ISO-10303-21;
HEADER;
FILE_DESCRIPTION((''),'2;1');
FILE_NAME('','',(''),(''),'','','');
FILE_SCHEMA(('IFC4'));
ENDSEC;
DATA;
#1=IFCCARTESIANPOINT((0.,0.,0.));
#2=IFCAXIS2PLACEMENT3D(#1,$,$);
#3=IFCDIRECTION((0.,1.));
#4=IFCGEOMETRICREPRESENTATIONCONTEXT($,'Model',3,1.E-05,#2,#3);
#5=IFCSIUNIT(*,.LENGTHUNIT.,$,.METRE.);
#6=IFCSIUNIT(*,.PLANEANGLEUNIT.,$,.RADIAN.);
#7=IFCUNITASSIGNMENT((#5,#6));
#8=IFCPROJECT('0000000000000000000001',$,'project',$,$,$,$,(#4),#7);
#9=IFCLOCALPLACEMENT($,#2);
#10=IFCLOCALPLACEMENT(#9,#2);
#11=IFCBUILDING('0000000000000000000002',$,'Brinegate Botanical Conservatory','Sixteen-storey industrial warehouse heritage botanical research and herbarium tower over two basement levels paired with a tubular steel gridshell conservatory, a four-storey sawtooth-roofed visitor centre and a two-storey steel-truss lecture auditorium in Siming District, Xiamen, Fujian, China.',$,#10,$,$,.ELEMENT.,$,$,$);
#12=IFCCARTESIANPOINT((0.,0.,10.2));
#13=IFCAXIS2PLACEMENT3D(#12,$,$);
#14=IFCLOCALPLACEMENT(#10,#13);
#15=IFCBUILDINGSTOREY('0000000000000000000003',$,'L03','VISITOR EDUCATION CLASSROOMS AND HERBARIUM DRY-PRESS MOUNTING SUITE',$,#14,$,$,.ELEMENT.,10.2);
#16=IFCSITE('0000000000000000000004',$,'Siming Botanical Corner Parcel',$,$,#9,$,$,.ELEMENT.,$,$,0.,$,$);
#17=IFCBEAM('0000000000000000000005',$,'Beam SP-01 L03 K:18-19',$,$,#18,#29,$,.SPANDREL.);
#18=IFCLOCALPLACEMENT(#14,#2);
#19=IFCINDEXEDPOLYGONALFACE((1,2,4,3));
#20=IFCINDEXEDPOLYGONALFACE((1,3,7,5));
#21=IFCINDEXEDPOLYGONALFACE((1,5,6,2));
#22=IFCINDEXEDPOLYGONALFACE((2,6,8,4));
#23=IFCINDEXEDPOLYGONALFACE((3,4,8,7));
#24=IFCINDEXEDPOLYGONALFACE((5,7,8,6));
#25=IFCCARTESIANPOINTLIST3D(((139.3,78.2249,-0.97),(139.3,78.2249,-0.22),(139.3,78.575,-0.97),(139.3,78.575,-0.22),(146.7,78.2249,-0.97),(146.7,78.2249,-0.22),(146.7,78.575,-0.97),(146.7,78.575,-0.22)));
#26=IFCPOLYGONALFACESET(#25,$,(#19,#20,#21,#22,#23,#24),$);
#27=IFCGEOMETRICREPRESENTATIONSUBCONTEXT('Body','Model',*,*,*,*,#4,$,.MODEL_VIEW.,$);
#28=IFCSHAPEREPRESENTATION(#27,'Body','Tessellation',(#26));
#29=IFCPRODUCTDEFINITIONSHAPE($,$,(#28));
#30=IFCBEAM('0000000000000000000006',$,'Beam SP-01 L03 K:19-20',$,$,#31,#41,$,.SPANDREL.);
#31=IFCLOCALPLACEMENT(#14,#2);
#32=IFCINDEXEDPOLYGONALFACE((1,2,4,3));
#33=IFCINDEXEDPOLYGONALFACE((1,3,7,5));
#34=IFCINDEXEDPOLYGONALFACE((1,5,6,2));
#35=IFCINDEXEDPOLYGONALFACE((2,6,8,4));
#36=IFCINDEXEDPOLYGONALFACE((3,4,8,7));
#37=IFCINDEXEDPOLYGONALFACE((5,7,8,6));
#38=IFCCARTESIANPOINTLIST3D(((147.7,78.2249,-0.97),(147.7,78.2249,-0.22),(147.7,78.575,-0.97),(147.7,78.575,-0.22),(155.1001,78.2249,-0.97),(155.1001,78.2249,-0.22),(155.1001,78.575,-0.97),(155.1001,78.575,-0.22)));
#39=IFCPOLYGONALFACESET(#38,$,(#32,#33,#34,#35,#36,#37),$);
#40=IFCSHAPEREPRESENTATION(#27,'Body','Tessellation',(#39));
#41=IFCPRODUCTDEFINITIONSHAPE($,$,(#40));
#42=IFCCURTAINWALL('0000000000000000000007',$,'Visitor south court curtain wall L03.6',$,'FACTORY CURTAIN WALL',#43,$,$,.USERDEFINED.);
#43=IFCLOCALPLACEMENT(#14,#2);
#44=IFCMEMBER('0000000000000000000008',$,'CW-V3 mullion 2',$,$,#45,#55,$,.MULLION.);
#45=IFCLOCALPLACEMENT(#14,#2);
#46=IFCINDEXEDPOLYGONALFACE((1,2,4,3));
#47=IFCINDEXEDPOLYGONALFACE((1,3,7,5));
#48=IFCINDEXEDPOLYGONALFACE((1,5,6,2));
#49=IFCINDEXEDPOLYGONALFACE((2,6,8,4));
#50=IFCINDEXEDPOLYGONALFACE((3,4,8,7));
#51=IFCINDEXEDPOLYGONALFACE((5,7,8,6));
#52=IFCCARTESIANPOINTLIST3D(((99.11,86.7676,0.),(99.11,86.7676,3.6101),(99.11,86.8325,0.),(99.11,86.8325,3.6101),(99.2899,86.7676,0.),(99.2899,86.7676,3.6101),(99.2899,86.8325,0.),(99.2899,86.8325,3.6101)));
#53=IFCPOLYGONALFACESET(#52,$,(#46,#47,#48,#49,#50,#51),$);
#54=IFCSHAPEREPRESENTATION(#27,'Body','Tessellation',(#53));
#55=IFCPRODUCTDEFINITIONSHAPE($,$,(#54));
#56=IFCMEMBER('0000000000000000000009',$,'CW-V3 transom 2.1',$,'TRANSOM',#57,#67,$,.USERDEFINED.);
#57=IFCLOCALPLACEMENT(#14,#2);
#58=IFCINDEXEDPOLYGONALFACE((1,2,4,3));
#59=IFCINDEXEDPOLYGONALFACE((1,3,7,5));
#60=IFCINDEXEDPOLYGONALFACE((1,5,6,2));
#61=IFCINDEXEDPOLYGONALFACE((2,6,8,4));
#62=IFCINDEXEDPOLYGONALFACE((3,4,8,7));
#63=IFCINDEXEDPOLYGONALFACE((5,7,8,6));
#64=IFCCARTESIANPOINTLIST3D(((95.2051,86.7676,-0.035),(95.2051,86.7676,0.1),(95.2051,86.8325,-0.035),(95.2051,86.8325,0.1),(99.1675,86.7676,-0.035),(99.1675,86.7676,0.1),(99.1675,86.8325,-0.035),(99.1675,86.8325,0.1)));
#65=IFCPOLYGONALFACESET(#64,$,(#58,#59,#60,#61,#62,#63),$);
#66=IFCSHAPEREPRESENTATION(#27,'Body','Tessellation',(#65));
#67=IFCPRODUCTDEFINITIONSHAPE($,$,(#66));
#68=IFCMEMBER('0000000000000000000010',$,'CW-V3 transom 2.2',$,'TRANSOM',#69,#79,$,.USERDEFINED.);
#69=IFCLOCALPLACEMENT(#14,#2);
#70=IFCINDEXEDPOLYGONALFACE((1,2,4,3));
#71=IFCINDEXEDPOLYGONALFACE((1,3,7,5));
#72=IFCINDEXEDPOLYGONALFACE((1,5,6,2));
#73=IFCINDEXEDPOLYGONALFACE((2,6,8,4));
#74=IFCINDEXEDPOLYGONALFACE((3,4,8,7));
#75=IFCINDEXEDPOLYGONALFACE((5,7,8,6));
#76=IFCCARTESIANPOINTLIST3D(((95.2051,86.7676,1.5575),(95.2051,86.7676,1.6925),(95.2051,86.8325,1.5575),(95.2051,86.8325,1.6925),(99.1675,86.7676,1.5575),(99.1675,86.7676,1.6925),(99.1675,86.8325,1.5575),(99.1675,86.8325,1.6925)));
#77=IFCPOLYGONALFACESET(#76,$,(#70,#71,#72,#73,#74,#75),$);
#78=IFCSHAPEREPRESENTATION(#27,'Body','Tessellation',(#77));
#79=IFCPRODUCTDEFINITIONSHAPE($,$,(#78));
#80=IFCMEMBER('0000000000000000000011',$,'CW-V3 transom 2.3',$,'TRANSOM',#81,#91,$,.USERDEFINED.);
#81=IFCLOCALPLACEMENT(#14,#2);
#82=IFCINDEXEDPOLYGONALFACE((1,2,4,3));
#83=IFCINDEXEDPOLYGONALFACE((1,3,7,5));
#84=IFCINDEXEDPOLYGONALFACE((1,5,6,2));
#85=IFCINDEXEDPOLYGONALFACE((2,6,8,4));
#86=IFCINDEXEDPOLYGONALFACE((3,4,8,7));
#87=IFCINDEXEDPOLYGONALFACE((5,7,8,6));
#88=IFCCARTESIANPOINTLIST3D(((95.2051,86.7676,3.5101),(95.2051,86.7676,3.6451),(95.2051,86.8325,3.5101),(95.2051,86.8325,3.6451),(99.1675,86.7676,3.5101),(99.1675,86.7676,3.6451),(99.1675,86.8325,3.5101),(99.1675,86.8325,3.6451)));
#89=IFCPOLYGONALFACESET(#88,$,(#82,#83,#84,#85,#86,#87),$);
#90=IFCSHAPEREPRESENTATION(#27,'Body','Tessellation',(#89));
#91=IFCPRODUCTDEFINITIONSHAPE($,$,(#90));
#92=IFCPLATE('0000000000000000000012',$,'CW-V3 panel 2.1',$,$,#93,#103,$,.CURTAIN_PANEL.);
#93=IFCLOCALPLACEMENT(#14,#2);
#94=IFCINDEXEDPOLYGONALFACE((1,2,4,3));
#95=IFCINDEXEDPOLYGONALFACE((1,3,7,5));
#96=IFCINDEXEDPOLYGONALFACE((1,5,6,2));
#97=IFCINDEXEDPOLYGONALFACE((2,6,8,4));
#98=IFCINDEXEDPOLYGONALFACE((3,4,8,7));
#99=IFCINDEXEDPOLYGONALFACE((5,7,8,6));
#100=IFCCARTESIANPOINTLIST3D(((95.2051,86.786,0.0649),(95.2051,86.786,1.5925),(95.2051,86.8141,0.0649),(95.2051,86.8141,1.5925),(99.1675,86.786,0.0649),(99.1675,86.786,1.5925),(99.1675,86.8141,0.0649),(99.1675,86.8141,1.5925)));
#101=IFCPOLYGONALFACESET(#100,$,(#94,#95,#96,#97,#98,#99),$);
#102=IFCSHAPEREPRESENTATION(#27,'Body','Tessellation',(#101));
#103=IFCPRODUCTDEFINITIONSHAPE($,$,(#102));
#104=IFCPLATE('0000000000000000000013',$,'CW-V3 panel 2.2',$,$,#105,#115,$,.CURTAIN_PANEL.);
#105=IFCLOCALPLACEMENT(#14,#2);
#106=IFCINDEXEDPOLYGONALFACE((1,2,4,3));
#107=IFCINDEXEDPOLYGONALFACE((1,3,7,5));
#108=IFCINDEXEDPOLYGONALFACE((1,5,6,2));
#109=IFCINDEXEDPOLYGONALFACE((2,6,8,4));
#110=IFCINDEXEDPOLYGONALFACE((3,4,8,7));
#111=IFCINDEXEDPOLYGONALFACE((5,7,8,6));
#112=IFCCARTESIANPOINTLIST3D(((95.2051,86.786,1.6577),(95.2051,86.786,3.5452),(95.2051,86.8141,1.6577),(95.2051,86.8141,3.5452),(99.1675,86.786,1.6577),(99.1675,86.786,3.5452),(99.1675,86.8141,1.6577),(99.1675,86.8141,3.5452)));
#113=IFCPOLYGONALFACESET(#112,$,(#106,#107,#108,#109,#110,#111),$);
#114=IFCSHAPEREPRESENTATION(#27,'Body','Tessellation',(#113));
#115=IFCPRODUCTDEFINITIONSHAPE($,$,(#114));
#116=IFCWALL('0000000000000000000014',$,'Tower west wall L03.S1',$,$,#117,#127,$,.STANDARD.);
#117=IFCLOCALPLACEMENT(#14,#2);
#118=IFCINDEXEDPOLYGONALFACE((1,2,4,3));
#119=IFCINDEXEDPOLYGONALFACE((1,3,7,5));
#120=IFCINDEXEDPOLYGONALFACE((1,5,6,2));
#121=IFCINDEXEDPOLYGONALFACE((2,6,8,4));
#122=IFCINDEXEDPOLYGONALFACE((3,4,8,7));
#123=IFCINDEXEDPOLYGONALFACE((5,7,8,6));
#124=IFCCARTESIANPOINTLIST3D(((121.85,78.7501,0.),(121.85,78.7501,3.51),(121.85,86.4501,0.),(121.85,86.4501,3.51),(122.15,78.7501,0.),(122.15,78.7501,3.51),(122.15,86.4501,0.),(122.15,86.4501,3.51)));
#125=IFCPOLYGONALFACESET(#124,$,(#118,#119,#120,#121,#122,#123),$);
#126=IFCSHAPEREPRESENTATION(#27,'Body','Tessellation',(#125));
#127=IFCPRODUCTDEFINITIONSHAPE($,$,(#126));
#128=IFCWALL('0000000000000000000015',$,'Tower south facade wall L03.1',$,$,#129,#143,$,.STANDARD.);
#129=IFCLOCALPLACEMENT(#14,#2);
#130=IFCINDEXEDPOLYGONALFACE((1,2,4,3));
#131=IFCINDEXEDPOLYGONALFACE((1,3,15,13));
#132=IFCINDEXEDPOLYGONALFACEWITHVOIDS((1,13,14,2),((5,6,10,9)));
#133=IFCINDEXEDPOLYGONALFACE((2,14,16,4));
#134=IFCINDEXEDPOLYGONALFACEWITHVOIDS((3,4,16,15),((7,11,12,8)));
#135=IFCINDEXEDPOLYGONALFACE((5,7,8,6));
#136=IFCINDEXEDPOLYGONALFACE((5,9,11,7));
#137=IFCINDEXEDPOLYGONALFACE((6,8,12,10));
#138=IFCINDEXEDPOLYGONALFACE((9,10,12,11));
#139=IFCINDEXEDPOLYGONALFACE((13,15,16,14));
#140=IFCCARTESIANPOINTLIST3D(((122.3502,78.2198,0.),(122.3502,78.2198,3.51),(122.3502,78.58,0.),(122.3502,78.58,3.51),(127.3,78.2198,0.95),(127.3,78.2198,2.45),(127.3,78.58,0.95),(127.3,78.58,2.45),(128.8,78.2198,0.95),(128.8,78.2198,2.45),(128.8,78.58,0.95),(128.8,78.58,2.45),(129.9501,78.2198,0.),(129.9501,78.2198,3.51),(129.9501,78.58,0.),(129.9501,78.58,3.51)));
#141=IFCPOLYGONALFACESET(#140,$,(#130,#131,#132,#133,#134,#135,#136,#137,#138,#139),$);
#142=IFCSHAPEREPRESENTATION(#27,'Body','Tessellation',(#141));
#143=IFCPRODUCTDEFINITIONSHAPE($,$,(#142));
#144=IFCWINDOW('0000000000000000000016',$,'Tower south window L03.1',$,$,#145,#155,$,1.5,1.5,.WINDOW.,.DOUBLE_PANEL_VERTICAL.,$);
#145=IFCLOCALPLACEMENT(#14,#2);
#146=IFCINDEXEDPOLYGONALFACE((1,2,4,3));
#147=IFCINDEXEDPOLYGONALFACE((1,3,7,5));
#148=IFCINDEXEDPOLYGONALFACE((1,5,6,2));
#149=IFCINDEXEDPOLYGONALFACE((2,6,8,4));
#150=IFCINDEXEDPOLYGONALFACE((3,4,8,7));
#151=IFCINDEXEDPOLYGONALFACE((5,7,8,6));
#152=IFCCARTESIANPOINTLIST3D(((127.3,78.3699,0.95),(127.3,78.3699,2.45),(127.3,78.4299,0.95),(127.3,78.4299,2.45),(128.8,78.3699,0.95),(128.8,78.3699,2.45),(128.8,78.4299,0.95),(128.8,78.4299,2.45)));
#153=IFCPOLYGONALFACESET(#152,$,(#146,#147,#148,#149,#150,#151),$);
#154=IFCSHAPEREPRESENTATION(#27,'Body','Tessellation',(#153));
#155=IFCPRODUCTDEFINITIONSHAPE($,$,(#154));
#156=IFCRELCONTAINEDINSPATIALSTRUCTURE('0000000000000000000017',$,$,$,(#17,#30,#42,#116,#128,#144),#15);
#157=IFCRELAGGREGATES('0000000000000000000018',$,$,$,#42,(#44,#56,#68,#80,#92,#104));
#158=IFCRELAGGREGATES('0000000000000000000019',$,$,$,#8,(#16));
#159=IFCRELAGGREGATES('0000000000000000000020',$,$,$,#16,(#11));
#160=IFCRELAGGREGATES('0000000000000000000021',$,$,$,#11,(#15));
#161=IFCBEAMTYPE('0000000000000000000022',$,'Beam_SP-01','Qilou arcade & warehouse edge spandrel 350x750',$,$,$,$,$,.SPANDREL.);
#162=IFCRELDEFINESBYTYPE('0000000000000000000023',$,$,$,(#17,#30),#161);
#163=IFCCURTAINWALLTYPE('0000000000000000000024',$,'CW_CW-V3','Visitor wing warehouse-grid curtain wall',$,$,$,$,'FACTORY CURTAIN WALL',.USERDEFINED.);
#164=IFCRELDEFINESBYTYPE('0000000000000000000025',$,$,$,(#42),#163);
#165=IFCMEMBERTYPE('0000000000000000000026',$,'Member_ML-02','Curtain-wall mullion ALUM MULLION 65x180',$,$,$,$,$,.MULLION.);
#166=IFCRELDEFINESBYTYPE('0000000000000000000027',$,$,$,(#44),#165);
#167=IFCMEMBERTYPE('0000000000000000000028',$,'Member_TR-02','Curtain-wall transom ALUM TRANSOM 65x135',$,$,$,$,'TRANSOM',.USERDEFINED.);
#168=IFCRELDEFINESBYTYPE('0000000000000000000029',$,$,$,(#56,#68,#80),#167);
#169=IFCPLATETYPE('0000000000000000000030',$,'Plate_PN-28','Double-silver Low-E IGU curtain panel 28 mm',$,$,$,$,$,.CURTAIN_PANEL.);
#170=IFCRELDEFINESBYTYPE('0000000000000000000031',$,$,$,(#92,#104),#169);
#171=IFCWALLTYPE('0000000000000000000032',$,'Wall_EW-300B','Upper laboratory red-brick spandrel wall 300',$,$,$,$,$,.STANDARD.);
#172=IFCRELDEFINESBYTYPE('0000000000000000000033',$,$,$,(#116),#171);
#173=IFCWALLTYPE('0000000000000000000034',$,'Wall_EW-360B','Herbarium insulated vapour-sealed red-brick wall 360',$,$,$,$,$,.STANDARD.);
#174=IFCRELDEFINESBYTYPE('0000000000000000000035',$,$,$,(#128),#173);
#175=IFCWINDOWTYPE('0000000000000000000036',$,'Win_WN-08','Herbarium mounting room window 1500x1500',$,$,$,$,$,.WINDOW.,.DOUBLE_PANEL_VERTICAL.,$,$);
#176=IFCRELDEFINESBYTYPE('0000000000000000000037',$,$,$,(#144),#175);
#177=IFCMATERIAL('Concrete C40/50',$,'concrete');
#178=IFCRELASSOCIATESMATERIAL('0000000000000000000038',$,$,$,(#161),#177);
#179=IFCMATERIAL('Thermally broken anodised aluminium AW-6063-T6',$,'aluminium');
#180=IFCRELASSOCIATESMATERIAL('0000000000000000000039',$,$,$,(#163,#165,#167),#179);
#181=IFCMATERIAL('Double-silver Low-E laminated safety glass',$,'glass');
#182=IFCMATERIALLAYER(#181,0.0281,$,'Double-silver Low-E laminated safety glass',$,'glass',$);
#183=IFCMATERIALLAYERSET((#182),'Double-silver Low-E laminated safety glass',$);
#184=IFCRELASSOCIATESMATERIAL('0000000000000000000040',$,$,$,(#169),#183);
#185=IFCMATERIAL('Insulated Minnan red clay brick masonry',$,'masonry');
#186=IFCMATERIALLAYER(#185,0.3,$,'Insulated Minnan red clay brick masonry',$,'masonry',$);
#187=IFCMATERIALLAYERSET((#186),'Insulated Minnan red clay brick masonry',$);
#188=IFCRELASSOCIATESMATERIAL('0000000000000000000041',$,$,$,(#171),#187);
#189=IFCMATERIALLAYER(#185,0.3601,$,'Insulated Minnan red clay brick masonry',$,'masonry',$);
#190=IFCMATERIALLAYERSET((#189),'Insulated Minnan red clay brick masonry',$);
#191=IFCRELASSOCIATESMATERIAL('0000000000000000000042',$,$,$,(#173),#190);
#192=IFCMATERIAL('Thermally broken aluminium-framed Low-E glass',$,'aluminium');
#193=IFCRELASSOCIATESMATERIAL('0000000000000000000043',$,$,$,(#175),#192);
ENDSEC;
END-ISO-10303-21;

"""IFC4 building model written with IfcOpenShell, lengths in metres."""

from ifc_helpers import new_model, si_unit, direction, frame, frame_2d, origin, origin_2d, place, context, subcontext, project, spatial, rectangle, extrude, material, layer, layer_set, material_profile, profile_set, type_object, element, fill, aggregate, save


model = new_model("IFC4")

# Units and contexts
model_context = context("Model", 3, precision=1e-05, world=origin(), true_north=direction((0.0, 1.0)))
body_context = subcontext(model_context, "Body", "Model", "MODEL_VIEW")
ifc_project = project(units=[si_unit("LENGTHUNIT", "METRE"), si_unit("PLANEANGLEUNIT", "RADIAN")], contexts=[model_context])

# Site, building, storey
site_placement = place(None, origin())
site = spatial("IfcSite", under=ifc_project, at=site_placement, Name="Siming Botanical Corner Parcel", CompositionType="ELEMENT", RefElevation=0.0)
building_placement = place(site_placement, origin())
building = spatial("IfcBuilding", under=site, at=building_placement, Name="Brinegate Botanical Conservatory", Description="Sixteen-storey industrial warehouse heritage botanical research and herbarium tower over two basement levels paired with a tubular steel gridshell conservatory, a four-storey sawtooth-roofed visitor centre and a two-storey steel-truss lecture auditorium in Siming District, Xiamen, Fujian, China.", CompositionType="ELEMENT")
storey_placement = place(building_placement, frame((0.0, 0.0, 10.2)))
storey = spatial("IfcBuildingStorey", under=building, at=storey_placement, Name="L03", Description="VISITOR EDUCATION CLASSROOMS AND HERBARIUM DRY-PRESS MOUNTING SUITE", CompositionType="ELEMENT", Elevation=10.2)

# Beams
ifc_material_1 = material(Name="Concrete C40/50", Category="concrete")
ifc_material_profile_1 = material_profile(ifc_material_1, rectangle(XDim=0.3501, YDim=0.75, at=origin_2d()), Name="RC SPN 350x750")
ifc_profile_set_1 = profile_set([ifc_material_profile_1], Name="Concrete C40/50")
beam_type_1 = type_object("IfcBeamType", Name="Beam_SP-01", Description="Qilou arcade & warehouse edge spandrel 350x750", PredefinedType="SPANDREL", material=ifc_profile_set_1)
beam_1_placement = place(storey_placement, frame((139.3, 78.3999, -0.595), z_axis=(1.0, 0.0, 0.0), x_axis=(0.0, 1.0, 0.0)))
element("IfcBeam", 1, at=beam_1_placement, inside=storey, type_object=beam_type_1, Name="Beam SP-01 L03 K:18-19", PredefinedType="SPANDREL", context=body_context, shape_type="SweptSolid", body=[
    extrude(rectangle(XDim=0.3501, YDim=0.75, at=origin_2d()), origin(), (0.0, 0.0, 1.0), 7.3999),
])
beam_2_placement = place(storey_placement, frame((147.7, 78.3999, -0.595), z_axis=(1.0, 0.0, 0.0), x_axis=(0.0, 1.0, 0.0)))
element("IfcBeam", 2, at=beam_2_placement, inside=storey, type_object=beam_type_1, Name="Beam SP-01 L03 K:19-20", PredefinedType="SPANDREL", context=body_context, shape_type="SweptSolid", body=[
    extrude(rectangle(XDim=0.3501, YDim=0.75, at=origin_2d()), origin(), (0.0, 0.0, 1.0), 7.4001),
])

# Curtain wall, members, plates
ifc_material_2 = material(Name="Thermally broken anodised aluminium AW-6063-T6", Category="aluminium")
curtain_wall_type = type_object("IfcCurtainWallType", Name="CW_CW-V3", Description="Visitor wing warehouse-grid curtain wall", ElementType="FACTORY CURTAIN WALL", PredefinedType="USERDEFINED", material=ifc_material_2)
curtain_wall_placement = place(storey_placement, origin())
curtain_wall = element("IfcCurtainWall", 3, at=curtain_wall_placement, inside=storey, type_object=curtain_wall_type, Name="Visitor south court curtain wall L03.6", ObjectType="FACTORY CURTAIN WALL", PredefinedType="USERDEFINED")
ifc_material_profile_2 = material_profile(ifc_material_2, rectangle(XDim=0.0649, YDim=0.1799, at=origin_2d()), Name="ALUM MULLION 65x180")
ifc_profile_set_2 = profile_set([ifc_material_profile_2], Name="Thermally broken anodised aluminium AW-6063-T6")
member_type_1 = type_object("IfcMemberType", Name="Member_ML-02", Description="Curtain-wall mullion ALUM MULLION 65x180", PredefinedType="MULLION", material=ifc_profile_set_2)
member_1_placement = place(storey_placement, frame((99.2, 86.8, 0.0), z_axis=(0.0, 0.0, 1.0), x_axis=(0.0, -1.0, 0.0)))
member_1 = element("IfcMember", 4, at=member_1_placement, type_object=member_type_1, Name="CW-V3 mullion 2", PredefinedType="MULLION", context=body_context, shape_type="SweptSolid", body=[
    extrude(rectangle(XDim=0.0649, YDim=0.1799, at=origin_2d()), origin(), (0.0, 0.0, 1.0), 3.6101),
])
ifc_material_profile_3 = material_profile(ifc_material_2, rectangle(XDim=0.0649, YDim=0.135, at=origin_2d()), Name="ALUM TRANSOM 65x135")
ifc_profile_set_3 = profile_set([ifc_material_profile_3], Name="Thermally broken anodised aluminium AW-6063-T6")
member_type_2 = type_object("IfcMemberType", Name="Member_TR-02", Description="Curtain-wall transom ALUM TRANSOM 65x135", ElementType="TRANSOM", PredefinedType="USERDEFINED", material=ifc_profile_set_3)
member_2_placement = place(storey_placement, frame((99.1675, 86.8, 0.0325), z_axis=(-1.0, 0.0, 0.0), x_axis=(0.0, -1.0, 0.0)))
member_2 = element("IfcMember", 5, at=member_2_placement, type_object=member_type_2, Name="CW-V3 transom 2.1", ObjectType="TRANSOM", PredefinedType="USERDEFINED", context=body_context, shape_type="SweptSolid", body=[
    extrude(rectangle(XDim=0.0649, YDim=0.135, at=origin_2d()), origin(), (0.0, 0.0, 1.0), 3.9624),
])
member_3_placement = place(storey_placement, frame((99.1675, 86.8, 1.625), z_axis=(-1.0, 0.0, 0.0), x_axis=(0.0, -1.0, 0.0)))
member_3 = element("IfcMember", 6, at=member_3_placement, type_object=member_type_2, Name="CW-V3 transom 2.2", ObjectType="TRANSOM", PredefinedType="USERDEFINED", context=body_context, shape_type="SweptSolid", body=[
    extrude(rectangle(XDim=0.0649, YDim=0.135, at=origin_2d()), origin(), (0.0, 0.0, 1.0), 3.9624),
])
member_4_placement = place(storey_placement, frame((99.1675, 86.8, 3.5776), z_axis=(-1.0, 0.0, 0.0), x_axis=(0.0, -1.0, 0.0)))
member_4 = element("IfcMember", 7, at=member_4_placement, type_object=member_type_2, Name="CW-V3 transom 2.3", ObjectType="TRANSOM", PredefinedType="USERDEFINED", context=body_context, shape_type="SweptSolid", body=[
    extrude(rectangle(XDim=0.0649, YDim=0.135, at=origin_2d()), origin(), (0.0, 0.0, 1.0), 3.9624),
])
ifc_material_3 = material(Name="Double-silver Low-E laminated safety glass", Category="glass")
ifc_layer_1 = layer(ifc_material_3, 0.0281, Name="Double-silver Low-E laminated safety glass", Category="glass")
ifc_layer_set_1 = layer_set([ifc_layer_1], Name="Double-silver Low-E laminated safety glass")
plate_type = type_object("IfcPlateType", Name="Plate_PN-28", Description="Double-silver Low-E IGU curtain panel 28 mm", PredefinedType="CURTAIN_PANEL", material=ifc_layer_set_1)
plate_1_placement = place(storey_placement, frame((97.1863, 86.8, 0.0649), z_axis=(0.0, 0.0, 1.0), x_axis=(-1.0, 0.0, 0.0)))
plate_1 = element("IfcPlate", 8, at=plate_1_placement, type_object=plate_type, Name="CW-V3 panel 2.1", PredefinedType="CURTAIN_PANEL", context=body_context, shape_type="SweptSolid", body=[
    extrude(rectangle(XDim=3.9624, YDim=0.0281, at=origin_2d()), origin(), (0.0, 0.0, 1.0), 1.5276),
])
plate_2_placement = place(storey_placement, frame((97.1863, 86.8, 1.6577), z_axis=(0.0, 0.0, 1.0), x_axis=(-1.0, 0.0, 0.0)))
plate_2 = element("IfcPlate", 9, at=plate_2_placement, type_object=plate_type, Name="CW-V3 panel 2.2", PredefinedType="CURTAIN_PANEL", context=body_context, shape_type="SweptSolid", body=[
    extrude(rectangle(XDim=3.9624, YDim=0.0281, at=origin_2d()), origin(), (0.0, 0.0, 1.0), 1.8875),
])
aggregate(curtain_wall, [member_1, member_2, member_3, member_4, plate_1, plate_2])

# Wall
ifc_material_4 = material(Name="Insulated Minnan red clay brick masonry", Category="masonry")
ifc_layer_2 = layer(ifc_material_4, 0.3, Name="Insulated Minnan red clay brick masonry", Category="masonry")
ifc_layer_set_2 = layer_set([ifc_layer_2], Name="Insulated Minnan red clay brick masonry")
wall_type_1 = type_object("IfcWallType", Name="Wall_EW-300B", Description="Upper laboratory red-brick spandrel wall 300", PredefinedType="STANDARD", material=ifc_layer_set_2)
wall_1_placement = place(storey_placement, frame((122.0, 78.75, 0.0), z_axis=(0.0, 0.0, 1.0), x_axis=(0.0, 1.0, 0.0)))
element("IfcWall", 10, at=wall_1_placement, inside=storey, type_object=wall_type_1, Name="Tower west wall L03.S1", PredefinedType="STANDARD", context=body_context, shape_type="SweptSolid", body=[
    extrude(rectangle(XDim=7.7, YDim=0.3, at=frame_2d((3.8501, 0.0))), origin(), (0.0, 0.0, 1.0), 3.51),
])

# Wall, opening, window
ifc_layer_3 = layer(ifc_material_4, 0.3601, Name="Insulated Minnan red clay brick masonry", Category="masonry")
ifc_layer_set_3 = layer_set([ifc_layer_3], Name="Insulated Minnan red clay brick masonry")
wall_type_2 = type_object("IfcWallType", Name="Wall_EW-360B", Description="Herbarium insulated vapour-sealed red-brick wall 360", PredefinedType="STANDARD", material=ifc_layer_set_3)
wall_2_placement = place(storey_placement, frame((129.95, 78.3999, 0.0), z_axis=(0.0, 0.0, 1.0), x_axis=(-1.0, 0.0, 0.0)))
wall_2 = element("IfcWall", 11, at=wall_2_placement, inside=storey, type_object=wall_type_2, Name="Tower south facade wall L03.1", PredefinedType="STANDARD", context=body_context, shape_type="SweptSolid", body=[
    extrude(rectangle(XDim=7.5999, YDim=0.3601, at=frame_2d((3.7998, 0.0))), origin(), (0.0, 0.0, 1.0), 3.51),
])
opening_1_placement = place(wall_2_placement, frame((1.1499, 0.0, 0.95)))
opening_1 = element("IfcOpeningElement", 12, at=opening_1_placement, cuts=wall_2, PredefinedType="OPENING", context=body_context, shape_type="SweptSolid", body=[
    extrude(rectangle(XDim=1.5, YDim=1.5, at=frame_2d((0.75, 0.75))), frame((0.0, 0.1899, 0.0), z_axis=(0.0, -1.0, 0.0), x_axis=(1.0, 0.0, 0.0)), (0.0, 0.0, 1.0), 0.3801),
])
ifc_material_5 = material(Name="Thermally broken aluminium-framed Low-E glass", Category="aluminium")
window_type = type_object("IfcWindowType", Name="Win_WN-08", Description="Herbarium mounting room window 1500x1500", PartitioningType="DOUBLE_PANEL_VERTICAL", PredefinedType="WINDOW", material=ifc_material_5)
window_1_placement = place(opening_1_placement, origin())
window_1 = element("IfcWindow", 13, at=window_1_placement, inside=storey, type_object=window_type, Name="Tower south window L03.1", OverallHeight=1.5, OverallWidth=1.5, PartitioningType="DOUBLE_PANEL_VERTICAL", PredefinedType="WINDOW", context=body_context, shape_type="SweptSolid", body=[
    extrude(rectangle(XDim=1.5, YDim=1.5, at=frame_2d((0.75, 0.75))), frame((0.0, 0.03, 0.0), z_axis=(0.0, -1.0, 0.0), x_axis=(1.0, 0.0, 0.0)), (0.0, 0.0, 1.0), 0.0601),
])
fill(opening_1, window_1)

save(model, "model.ifc")
